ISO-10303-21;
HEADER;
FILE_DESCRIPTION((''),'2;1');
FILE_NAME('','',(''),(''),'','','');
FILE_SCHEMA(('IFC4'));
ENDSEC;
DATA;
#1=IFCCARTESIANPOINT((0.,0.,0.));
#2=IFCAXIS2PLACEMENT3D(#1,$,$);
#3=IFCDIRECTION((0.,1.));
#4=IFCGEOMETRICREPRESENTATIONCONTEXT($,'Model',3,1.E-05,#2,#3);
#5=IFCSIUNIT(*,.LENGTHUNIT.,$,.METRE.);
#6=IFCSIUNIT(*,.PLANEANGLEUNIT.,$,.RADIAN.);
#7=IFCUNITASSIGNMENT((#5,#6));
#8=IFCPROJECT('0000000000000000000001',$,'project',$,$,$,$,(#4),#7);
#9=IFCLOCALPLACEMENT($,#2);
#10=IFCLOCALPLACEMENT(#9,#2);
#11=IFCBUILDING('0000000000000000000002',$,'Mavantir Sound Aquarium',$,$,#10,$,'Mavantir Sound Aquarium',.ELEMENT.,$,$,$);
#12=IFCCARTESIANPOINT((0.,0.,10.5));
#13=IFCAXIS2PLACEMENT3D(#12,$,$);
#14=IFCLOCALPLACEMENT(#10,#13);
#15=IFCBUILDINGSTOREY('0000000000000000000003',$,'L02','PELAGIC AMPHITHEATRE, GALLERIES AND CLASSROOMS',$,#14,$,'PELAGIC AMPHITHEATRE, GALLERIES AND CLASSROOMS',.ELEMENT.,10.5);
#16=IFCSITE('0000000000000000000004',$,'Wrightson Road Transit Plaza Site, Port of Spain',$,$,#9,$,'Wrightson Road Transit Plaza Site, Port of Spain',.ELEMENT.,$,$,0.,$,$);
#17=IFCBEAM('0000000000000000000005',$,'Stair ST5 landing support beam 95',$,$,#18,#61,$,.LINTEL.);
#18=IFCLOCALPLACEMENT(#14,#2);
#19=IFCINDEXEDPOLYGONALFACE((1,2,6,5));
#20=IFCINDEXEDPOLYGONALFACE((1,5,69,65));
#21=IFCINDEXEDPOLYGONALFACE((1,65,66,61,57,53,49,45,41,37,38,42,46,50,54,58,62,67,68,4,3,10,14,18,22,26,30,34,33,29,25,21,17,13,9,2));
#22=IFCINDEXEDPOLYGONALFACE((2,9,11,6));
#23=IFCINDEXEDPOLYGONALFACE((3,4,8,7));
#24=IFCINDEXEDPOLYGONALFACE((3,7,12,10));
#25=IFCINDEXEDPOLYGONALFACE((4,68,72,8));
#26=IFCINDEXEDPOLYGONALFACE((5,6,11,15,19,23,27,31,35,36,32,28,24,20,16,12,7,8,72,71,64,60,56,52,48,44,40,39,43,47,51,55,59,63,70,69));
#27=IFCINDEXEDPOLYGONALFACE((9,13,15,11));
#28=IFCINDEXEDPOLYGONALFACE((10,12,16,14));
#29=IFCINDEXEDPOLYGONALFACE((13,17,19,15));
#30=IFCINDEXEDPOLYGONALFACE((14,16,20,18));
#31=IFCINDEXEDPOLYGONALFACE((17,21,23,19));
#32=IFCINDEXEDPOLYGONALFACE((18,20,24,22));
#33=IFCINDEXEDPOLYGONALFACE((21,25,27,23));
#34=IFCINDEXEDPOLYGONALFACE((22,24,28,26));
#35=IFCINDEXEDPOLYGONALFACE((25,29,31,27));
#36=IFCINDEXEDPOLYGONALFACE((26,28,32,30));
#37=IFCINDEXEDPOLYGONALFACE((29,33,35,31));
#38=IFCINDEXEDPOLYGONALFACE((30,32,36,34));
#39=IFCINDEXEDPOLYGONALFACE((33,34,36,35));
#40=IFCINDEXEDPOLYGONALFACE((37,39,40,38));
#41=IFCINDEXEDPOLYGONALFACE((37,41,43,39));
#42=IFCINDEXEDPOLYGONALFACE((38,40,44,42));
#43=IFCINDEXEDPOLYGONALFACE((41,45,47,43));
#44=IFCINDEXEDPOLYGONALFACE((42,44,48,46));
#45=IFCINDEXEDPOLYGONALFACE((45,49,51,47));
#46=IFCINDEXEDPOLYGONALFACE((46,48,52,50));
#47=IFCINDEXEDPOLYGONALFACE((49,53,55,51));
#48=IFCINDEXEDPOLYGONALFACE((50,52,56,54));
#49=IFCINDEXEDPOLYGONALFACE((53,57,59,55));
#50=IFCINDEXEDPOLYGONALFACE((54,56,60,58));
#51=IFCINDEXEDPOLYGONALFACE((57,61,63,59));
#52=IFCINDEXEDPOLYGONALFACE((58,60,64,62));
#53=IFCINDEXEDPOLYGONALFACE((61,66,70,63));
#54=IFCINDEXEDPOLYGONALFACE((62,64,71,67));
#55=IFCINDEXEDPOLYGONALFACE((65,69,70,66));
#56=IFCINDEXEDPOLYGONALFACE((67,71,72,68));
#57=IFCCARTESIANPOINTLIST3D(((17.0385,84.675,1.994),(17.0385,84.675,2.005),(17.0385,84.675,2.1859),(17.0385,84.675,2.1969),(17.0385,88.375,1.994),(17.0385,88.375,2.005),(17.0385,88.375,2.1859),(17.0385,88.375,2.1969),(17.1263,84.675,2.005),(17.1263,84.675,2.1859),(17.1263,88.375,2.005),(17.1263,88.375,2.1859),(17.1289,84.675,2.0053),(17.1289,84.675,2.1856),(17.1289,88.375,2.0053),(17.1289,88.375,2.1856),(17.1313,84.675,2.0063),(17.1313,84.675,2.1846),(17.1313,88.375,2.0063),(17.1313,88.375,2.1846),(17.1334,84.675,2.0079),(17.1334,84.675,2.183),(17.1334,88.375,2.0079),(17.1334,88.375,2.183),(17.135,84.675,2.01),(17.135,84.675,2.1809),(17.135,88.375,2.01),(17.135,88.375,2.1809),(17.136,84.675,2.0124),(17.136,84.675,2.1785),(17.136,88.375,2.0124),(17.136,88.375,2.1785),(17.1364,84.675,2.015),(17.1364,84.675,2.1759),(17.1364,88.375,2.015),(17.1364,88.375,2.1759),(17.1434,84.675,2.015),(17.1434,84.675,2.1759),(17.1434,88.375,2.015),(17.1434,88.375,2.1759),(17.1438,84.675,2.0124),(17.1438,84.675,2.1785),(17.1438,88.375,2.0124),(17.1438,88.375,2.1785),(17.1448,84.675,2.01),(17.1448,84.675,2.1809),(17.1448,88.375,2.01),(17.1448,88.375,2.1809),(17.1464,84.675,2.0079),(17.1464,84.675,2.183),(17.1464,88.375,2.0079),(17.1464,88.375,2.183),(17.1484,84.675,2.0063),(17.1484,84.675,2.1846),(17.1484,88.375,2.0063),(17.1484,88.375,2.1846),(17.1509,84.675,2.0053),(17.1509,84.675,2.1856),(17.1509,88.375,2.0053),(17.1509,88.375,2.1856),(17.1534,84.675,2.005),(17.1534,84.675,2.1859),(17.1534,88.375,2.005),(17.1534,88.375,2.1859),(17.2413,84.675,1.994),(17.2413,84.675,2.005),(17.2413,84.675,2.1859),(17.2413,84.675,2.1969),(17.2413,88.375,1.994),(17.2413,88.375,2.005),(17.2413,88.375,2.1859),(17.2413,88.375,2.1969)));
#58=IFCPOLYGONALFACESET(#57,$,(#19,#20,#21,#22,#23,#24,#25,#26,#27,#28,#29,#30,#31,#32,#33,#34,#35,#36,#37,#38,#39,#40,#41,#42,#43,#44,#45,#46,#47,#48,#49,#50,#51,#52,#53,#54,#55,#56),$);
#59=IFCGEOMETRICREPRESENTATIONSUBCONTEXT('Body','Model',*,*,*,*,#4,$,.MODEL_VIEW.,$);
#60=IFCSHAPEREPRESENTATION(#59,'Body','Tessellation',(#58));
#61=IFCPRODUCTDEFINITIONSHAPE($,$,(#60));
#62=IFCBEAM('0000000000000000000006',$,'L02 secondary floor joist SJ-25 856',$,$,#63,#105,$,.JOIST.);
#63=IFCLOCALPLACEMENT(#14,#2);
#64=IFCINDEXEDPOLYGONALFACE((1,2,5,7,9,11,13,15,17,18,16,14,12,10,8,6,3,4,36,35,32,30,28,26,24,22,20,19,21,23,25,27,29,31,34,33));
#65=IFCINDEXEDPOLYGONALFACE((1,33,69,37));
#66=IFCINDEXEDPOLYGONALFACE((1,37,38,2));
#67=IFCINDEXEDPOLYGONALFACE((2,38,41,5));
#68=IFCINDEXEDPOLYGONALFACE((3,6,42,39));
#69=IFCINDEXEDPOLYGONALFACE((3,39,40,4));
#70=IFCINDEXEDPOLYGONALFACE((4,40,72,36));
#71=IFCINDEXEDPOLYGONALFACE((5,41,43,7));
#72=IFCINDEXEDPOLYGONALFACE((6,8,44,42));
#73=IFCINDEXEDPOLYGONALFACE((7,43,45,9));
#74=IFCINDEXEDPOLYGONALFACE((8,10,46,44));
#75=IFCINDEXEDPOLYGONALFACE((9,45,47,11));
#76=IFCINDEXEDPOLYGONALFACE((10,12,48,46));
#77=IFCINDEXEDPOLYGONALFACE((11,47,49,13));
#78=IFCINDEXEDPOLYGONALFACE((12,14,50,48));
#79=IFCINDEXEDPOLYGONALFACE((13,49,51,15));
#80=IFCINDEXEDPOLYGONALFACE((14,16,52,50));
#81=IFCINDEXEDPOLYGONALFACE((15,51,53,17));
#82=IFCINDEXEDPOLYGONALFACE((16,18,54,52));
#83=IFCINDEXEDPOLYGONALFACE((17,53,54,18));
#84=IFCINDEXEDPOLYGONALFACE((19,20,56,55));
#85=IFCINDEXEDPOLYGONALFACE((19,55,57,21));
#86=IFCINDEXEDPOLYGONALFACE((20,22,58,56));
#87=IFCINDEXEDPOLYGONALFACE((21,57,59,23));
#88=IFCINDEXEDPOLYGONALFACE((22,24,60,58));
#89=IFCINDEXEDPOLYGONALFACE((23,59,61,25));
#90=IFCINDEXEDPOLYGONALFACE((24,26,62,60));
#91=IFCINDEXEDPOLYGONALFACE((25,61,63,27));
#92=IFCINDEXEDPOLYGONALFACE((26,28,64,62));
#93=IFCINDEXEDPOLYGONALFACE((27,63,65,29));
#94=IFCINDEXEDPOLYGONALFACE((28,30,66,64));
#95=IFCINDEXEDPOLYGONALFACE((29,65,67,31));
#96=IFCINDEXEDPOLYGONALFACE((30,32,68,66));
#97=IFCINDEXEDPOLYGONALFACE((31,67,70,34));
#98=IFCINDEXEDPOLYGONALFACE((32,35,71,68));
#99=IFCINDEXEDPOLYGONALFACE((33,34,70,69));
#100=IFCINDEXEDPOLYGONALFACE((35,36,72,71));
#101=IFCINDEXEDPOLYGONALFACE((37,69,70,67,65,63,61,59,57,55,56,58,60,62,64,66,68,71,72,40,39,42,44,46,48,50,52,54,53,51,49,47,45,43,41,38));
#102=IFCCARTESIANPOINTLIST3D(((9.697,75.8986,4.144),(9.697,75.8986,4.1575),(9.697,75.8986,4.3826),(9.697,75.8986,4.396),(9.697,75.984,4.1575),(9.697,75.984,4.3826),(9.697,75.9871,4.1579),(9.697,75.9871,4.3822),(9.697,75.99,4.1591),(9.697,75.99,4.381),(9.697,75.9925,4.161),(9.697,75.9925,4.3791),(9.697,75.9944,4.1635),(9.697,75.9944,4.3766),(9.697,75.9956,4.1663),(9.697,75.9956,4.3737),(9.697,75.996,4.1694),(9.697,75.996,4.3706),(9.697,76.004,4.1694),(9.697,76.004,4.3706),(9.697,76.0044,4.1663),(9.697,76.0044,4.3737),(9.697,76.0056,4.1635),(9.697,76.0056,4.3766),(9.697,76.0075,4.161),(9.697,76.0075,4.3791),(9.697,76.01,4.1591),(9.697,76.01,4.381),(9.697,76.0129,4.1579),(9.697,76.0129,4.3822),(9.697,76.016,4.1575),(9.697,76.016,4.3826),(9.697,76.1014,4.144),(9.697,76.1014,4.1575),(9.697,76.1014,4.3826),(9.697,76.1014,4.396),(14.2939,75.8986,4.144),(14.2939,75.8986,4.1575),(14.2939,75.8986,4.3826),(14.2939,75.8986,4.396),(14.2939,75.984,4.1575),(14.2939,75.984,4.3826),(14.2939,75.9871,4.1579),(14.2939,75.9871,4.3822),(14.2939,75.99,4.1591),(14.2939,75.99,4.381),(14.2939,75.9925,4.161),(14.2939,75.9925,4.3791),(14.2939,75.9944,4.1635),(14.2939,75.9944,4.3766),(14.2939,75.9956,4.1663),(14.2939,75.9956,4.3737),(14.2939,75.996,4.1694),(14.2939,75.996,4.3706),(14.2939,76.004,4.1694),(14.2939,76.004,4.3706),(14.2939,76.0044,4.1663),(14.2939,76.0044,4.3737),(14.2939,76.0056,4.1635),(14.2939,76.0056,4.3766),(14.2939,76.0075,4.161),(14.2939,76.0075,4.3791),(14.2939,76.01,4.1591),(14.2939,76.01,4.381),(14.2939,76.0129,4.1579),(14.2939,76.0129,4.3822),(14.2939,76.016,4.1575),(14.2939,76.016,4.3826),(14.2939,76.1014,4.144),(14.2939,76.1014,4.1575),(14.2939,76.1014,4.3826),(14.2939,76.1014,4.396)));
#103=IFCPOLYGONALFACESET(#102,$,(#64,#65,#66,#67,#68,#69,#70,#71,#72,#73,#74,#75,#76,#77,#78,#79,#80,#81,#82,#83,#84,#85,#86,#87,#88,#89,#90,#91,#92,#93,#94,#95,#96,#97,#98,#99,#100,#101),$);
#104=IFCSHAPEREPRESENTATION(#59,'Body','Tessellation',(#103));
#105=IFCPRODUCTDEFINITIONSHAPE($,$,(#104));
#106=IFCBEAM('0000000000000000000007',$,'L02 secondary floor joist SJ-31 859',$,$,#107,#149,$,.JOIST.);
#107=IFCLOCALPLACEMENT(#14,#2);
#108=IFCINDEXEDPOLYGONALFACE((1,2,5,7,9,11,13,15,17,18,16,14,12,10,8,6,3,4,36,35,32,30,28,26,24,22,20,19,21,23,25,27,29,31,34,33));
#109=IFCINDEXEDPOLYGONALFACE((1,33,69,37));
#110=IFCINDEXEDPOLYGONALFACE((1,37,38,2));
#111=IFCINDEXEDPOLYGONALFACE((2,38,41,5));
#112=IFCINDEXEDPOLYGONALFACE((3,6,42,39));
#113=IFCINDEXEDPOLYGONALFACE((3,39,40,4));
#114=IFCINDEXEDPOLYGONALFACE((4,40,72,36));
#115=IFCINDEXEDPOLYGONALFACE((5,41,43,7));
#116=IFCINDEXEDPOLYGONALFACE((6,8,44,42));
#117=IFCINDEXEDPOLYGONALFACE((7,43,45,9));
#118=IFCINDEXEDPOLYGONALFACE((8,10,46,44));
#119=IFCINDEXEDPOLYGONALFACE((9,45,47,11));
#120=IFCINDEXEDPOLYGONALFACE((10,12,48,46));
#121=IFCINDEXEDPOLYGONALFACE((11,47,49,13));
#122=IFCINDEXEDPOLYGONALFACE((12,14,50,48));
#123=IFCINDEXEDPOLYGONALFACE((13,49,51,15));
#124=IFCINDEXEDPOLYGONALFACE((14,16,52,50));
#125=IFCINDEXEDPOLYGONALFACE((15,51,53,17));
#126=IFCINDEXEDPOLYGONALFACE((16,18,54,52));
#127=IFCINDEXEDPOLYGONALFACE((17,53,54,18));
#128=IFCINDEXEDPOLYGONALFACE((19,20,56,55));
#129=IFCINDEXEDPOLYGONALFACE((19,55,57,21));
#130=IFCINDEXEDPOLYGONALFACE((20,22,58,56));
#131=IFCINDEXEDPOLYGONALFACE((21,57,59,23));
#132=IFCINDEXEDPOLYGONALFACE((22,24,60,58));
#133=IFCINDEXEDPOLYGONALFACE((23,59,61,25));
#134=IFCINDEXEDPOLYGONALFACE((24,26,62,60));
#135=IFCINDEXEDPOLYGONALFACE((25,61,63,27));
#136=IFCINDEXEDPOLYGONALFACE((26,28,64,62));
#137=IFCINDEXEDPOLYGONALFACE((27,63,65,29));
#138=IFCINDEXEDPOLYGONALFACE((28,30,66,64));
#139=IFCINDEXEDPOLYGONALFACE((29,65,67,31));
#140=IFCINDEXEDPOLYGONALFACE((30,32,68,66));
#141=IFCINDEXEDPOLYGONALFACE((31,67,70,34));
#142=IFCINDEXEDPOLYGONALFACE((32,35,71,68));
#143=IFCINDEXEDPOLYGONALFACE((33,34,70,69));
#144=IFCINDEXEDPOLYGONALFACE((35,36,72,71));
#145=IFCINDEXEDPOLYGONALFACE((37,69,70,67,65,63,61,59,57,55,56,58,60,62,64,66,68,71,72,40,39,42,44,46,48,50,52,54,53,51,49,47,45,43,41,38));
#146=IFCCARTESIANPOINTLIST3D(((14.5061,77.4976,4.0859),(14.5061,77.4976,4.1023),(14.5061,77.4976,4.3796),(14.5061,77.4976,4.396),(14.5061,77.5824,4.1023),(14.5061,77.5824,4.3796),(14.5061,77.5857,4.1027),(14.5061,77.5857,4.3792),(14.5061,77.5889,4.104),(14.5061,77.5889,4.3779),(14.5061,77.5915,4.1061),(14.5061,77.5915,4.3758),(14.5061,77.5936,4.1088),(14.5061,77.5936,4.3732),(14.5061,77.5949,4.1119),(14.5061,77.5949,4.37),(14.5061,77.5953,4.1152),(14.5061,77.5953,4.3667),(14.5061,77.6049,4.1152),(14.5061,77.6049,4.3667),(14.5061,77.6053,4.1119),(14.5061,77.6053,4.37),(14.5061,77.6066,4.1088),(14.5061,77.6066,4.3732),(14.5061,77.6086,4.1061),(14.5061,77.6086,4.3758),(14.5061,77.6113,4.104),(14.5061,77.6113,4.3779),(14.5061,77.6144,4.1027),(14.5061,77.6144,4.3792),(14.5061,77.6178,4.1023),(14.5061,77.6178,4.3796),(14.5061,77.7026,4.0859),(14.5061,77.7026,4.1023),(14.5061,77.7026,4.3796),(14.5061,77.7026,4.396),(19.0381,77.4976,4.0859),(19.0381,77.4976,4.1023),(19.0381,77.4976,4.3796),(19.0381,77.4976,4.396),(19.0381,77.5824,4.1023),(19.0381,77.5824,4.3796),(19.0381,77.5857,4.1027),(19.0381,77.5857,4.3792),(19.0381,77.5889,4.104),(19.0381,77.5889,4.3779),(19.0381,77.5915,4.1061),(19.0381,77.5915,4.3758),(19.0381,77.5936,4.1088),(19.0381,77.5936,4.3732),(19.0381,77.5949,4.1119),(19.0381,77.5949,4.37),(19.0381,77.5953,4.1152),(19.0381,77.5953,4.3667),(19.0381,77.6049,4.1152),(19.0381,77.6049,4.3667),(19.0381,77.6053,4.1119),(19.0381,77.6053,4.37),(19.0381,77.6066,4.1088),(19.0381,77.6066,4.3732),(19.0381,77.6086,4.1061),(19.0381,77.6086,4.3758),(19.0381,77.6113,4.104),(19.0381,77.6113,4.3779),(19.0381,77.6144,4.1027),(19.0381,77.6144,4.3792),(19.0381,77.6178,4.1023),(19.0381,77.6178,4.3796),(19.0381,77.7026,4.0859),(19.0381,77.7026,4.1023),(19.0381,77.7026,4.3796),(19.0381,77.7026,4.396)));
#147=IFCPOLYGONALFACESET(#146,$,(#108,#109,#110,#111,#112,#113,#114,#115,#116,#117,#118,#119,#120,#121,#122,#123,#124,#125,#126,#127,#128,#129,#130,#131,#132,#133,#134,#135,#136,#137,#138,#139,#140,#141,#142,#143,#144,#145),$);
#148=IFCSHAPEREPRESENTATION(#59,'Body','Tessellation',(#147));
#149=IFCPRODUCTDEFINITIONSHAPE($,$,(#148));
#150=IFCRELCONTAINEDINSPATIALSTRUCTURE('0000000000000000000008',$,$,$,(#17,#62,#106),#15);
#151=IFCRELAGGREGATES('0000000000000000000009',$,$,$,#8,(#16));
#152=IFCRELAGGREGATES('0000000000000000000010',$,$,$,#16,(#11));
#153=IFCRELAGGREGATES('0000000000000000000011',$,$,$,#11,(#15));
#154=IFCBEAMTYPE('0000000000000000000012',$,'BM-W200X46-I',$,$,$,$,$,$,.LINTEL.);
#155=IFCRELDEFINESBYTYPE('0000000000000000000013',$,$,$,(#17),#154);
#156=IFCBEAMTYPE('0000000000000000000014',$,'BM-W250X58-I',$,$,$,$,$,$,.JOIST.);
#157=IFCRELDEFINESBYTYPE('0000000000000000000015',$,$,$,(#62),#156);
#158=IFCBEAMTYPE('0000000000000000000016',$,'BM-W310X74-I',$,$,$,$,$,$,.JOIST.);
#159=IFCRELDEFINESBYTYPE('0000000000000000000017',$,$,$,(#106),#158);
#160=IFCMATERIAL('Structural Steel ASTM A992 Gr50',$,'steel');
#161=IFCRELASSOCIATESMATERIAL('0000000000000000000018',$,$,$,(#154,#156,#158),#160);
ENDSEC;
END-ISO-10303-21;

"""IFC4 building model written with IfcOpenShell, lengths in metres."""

from ifc_helpers import new_model, si_unit, direction, frame, origin, origin_2d, place, context, subcontext, project, spatial, i_section, extrude, material, material_profile, profile_set, type_object, element, save


model = new_model("IFC4")

# Units and contexts
model_context = context("Model", 3, precision=1e-05, world=origin(), true_north=direction((0.0, 1.0)))
body_context = subcontext(model_context, "Body", "Model", "MODEL_VIEW")
ifc_project = project(units=[si_unit("LENGTHUNIT", "METRE"), si_unit("PLANEANGLEUNIT", "RADIAN")], contexts=[model_context])

# Site, building, storey
site_placement = place(None, origin())
site = spatial("IfcSite", under=ifc_project, at=site_placement, Name="Wrightson Road Transit Plaza Site, Port of Spain", LongName="Wrightson Road Transit Plaza Site, Port of Spain", CompositionType="ELEMENT", RefElevation=0.0)
building_placement = place(site_placement, origin())
building = spatial("IfcBuilding", under=site, at=building_placement, Name="Mavantir Sound Aquarium", LongName="Mavantir Sound Aquarium", CompositionType="ELEMENT")
storey_placement = place(building_placement, frame((0.0, 0.0, 10.5)))
storey = spatial("IfcBuildingStorey", under=building, at=storey_placement, Name="L02", Description="PELAGIC AMPHITHEATRE, GALLERIES AND CLASSROOMS", LongName="PELAGIC AMPHITHEATRE, GALLERIES AND CLASSROOMS", CompositionType="ELEMENT", Elevation=10.5)

# Beams
ifc_material_1 = material(Name="Structural Steel ASTM A992 Gr50", Category="steel")
ifc_material_profile_1 = material_profile(ifc_material_1, i_section(OverallWidth=0.2029, OverallDepth=0.2029, WebThickness=0.0071, FlangeThickness=0.011, FilletRadius=0.01, at=origin_2d()), Name="W200X46")
ifc_profile_set_1 = profile_set([ifc_material_profile_1], Name="Structural Steel ASTM A992 Gr50")
beam_type_1 = type_object("IfcBeamType", Name="BM-W200X46-I", PredefinedType="LINTEL", material=ifc_profile_set_1)
for number, where, z_axis, x_axis, name in (
    (1, (17.1399, 84.675, 2.0955), (0.0, 1.0, 0.0), (-1.0, 0.0, 0.0), "Stair ST5 landing support beam 95"),
):
    element("IfcBeam", number, at=place(storey_placement, frame(where, z_axis=z_axis, x_axis=x_axis)), inside=storey, type_object=beam_type_1, Name=name, PredefinedType="LINTEL", context=body_context, shape_type="SweptSolid", body=[
        extrude(i_section(OverallWidth=0.2029, OverallDepth=0.2029, WebThickness=0.0071, FlangeThickness=0.011, FilletRadius=0.01, at=origin_2d()), origin(), (0.0, 0.0, 1.0), 3.7),
    ])
ifc_material_profile_2 = material_profile(ifc_material_1, i_section(OverallWidth=0.2029, OverallDepth=0.252, WebThickness=0.0081, FlangeThickness=0.0134, FilletRadius=0.012, at=origin_2d()), Name="W250X58")
ifc_profile_set_2 = profile_set([ifc_material_profile_2], Name="Structural Steel ASTM A992 Gr50")
beam_type_2 = type_object("IfcBeamType", Name="BM-W250X58-I", PredefinedType="JOIST", material=ifc_profile_set_2)
beam_1_placement = place(storey_placement, frame((9.697, 76.0, 4.27), z_axis=(1.0, 0.0, 0.0), x_axis=(0.0, 1.0, 0.0)))
element("IfcBeam", 2, at=beam_1_placement, inside=storey, type_object=beam_type_2, Name="L02 secondary floor joist SJ-25 856", PredefinedType="JOIST", context=body_context, shape_type="SweptSolid", body=[
    extrude(i_section(OverallWidth=0.2029, OverallDepth=0.252, WebThickness=0.0081, FlangeThickness=0.0134, FilletRadius=0.012, at=origin_2d()), origin(), (0.0, 0.0, 1.0), 4.5969),
])
ifc_material_profile_3 = material_profile(ifc_material_1, i_section(OverallWidth=0.2051, OverallDepth=0.3101, WebThickness=0.0095, FlangeThickness=0.0164, FilletRadius=0.0129, at=origin_2d()), Name="W310X74")
ifc_profile_set_3 = profile_set([ifc_material_profile_3], Name="Structural Steel ASTM A992 Gr50")
beam_type_3 = type_object("IfcBeamType", Name="BM-W310X74-I", PredefinedType="JOIST", material=ifc_profile_set_3)
beam_2_placement = place(storey_placement, frame((14.5061, 77.6001, 4.241), z_axis=(1.0, 0.0, 0.0), x_axis=(0.0, 1.0, 0.0)))
element("IfcBeam", 3, at=beam_2_placement, inside=storey, type_object=beam_type_3, Name="L02 secondary floor joist SJ-31 859", PredefinedType="JOIST", context=body_context, shape_type="SweptSolid", body=[
    extrude(i_section(OverallWidth=0.2051, OverallDepth=0.3101, WebThickness=0.0095, FlangeThickness=0.0164, FilletRadius=0.0129, at=origin_2d()), origin(), (0.0, 0.0, 1.0), 4.532),
])

save(model, "model.ifc")
